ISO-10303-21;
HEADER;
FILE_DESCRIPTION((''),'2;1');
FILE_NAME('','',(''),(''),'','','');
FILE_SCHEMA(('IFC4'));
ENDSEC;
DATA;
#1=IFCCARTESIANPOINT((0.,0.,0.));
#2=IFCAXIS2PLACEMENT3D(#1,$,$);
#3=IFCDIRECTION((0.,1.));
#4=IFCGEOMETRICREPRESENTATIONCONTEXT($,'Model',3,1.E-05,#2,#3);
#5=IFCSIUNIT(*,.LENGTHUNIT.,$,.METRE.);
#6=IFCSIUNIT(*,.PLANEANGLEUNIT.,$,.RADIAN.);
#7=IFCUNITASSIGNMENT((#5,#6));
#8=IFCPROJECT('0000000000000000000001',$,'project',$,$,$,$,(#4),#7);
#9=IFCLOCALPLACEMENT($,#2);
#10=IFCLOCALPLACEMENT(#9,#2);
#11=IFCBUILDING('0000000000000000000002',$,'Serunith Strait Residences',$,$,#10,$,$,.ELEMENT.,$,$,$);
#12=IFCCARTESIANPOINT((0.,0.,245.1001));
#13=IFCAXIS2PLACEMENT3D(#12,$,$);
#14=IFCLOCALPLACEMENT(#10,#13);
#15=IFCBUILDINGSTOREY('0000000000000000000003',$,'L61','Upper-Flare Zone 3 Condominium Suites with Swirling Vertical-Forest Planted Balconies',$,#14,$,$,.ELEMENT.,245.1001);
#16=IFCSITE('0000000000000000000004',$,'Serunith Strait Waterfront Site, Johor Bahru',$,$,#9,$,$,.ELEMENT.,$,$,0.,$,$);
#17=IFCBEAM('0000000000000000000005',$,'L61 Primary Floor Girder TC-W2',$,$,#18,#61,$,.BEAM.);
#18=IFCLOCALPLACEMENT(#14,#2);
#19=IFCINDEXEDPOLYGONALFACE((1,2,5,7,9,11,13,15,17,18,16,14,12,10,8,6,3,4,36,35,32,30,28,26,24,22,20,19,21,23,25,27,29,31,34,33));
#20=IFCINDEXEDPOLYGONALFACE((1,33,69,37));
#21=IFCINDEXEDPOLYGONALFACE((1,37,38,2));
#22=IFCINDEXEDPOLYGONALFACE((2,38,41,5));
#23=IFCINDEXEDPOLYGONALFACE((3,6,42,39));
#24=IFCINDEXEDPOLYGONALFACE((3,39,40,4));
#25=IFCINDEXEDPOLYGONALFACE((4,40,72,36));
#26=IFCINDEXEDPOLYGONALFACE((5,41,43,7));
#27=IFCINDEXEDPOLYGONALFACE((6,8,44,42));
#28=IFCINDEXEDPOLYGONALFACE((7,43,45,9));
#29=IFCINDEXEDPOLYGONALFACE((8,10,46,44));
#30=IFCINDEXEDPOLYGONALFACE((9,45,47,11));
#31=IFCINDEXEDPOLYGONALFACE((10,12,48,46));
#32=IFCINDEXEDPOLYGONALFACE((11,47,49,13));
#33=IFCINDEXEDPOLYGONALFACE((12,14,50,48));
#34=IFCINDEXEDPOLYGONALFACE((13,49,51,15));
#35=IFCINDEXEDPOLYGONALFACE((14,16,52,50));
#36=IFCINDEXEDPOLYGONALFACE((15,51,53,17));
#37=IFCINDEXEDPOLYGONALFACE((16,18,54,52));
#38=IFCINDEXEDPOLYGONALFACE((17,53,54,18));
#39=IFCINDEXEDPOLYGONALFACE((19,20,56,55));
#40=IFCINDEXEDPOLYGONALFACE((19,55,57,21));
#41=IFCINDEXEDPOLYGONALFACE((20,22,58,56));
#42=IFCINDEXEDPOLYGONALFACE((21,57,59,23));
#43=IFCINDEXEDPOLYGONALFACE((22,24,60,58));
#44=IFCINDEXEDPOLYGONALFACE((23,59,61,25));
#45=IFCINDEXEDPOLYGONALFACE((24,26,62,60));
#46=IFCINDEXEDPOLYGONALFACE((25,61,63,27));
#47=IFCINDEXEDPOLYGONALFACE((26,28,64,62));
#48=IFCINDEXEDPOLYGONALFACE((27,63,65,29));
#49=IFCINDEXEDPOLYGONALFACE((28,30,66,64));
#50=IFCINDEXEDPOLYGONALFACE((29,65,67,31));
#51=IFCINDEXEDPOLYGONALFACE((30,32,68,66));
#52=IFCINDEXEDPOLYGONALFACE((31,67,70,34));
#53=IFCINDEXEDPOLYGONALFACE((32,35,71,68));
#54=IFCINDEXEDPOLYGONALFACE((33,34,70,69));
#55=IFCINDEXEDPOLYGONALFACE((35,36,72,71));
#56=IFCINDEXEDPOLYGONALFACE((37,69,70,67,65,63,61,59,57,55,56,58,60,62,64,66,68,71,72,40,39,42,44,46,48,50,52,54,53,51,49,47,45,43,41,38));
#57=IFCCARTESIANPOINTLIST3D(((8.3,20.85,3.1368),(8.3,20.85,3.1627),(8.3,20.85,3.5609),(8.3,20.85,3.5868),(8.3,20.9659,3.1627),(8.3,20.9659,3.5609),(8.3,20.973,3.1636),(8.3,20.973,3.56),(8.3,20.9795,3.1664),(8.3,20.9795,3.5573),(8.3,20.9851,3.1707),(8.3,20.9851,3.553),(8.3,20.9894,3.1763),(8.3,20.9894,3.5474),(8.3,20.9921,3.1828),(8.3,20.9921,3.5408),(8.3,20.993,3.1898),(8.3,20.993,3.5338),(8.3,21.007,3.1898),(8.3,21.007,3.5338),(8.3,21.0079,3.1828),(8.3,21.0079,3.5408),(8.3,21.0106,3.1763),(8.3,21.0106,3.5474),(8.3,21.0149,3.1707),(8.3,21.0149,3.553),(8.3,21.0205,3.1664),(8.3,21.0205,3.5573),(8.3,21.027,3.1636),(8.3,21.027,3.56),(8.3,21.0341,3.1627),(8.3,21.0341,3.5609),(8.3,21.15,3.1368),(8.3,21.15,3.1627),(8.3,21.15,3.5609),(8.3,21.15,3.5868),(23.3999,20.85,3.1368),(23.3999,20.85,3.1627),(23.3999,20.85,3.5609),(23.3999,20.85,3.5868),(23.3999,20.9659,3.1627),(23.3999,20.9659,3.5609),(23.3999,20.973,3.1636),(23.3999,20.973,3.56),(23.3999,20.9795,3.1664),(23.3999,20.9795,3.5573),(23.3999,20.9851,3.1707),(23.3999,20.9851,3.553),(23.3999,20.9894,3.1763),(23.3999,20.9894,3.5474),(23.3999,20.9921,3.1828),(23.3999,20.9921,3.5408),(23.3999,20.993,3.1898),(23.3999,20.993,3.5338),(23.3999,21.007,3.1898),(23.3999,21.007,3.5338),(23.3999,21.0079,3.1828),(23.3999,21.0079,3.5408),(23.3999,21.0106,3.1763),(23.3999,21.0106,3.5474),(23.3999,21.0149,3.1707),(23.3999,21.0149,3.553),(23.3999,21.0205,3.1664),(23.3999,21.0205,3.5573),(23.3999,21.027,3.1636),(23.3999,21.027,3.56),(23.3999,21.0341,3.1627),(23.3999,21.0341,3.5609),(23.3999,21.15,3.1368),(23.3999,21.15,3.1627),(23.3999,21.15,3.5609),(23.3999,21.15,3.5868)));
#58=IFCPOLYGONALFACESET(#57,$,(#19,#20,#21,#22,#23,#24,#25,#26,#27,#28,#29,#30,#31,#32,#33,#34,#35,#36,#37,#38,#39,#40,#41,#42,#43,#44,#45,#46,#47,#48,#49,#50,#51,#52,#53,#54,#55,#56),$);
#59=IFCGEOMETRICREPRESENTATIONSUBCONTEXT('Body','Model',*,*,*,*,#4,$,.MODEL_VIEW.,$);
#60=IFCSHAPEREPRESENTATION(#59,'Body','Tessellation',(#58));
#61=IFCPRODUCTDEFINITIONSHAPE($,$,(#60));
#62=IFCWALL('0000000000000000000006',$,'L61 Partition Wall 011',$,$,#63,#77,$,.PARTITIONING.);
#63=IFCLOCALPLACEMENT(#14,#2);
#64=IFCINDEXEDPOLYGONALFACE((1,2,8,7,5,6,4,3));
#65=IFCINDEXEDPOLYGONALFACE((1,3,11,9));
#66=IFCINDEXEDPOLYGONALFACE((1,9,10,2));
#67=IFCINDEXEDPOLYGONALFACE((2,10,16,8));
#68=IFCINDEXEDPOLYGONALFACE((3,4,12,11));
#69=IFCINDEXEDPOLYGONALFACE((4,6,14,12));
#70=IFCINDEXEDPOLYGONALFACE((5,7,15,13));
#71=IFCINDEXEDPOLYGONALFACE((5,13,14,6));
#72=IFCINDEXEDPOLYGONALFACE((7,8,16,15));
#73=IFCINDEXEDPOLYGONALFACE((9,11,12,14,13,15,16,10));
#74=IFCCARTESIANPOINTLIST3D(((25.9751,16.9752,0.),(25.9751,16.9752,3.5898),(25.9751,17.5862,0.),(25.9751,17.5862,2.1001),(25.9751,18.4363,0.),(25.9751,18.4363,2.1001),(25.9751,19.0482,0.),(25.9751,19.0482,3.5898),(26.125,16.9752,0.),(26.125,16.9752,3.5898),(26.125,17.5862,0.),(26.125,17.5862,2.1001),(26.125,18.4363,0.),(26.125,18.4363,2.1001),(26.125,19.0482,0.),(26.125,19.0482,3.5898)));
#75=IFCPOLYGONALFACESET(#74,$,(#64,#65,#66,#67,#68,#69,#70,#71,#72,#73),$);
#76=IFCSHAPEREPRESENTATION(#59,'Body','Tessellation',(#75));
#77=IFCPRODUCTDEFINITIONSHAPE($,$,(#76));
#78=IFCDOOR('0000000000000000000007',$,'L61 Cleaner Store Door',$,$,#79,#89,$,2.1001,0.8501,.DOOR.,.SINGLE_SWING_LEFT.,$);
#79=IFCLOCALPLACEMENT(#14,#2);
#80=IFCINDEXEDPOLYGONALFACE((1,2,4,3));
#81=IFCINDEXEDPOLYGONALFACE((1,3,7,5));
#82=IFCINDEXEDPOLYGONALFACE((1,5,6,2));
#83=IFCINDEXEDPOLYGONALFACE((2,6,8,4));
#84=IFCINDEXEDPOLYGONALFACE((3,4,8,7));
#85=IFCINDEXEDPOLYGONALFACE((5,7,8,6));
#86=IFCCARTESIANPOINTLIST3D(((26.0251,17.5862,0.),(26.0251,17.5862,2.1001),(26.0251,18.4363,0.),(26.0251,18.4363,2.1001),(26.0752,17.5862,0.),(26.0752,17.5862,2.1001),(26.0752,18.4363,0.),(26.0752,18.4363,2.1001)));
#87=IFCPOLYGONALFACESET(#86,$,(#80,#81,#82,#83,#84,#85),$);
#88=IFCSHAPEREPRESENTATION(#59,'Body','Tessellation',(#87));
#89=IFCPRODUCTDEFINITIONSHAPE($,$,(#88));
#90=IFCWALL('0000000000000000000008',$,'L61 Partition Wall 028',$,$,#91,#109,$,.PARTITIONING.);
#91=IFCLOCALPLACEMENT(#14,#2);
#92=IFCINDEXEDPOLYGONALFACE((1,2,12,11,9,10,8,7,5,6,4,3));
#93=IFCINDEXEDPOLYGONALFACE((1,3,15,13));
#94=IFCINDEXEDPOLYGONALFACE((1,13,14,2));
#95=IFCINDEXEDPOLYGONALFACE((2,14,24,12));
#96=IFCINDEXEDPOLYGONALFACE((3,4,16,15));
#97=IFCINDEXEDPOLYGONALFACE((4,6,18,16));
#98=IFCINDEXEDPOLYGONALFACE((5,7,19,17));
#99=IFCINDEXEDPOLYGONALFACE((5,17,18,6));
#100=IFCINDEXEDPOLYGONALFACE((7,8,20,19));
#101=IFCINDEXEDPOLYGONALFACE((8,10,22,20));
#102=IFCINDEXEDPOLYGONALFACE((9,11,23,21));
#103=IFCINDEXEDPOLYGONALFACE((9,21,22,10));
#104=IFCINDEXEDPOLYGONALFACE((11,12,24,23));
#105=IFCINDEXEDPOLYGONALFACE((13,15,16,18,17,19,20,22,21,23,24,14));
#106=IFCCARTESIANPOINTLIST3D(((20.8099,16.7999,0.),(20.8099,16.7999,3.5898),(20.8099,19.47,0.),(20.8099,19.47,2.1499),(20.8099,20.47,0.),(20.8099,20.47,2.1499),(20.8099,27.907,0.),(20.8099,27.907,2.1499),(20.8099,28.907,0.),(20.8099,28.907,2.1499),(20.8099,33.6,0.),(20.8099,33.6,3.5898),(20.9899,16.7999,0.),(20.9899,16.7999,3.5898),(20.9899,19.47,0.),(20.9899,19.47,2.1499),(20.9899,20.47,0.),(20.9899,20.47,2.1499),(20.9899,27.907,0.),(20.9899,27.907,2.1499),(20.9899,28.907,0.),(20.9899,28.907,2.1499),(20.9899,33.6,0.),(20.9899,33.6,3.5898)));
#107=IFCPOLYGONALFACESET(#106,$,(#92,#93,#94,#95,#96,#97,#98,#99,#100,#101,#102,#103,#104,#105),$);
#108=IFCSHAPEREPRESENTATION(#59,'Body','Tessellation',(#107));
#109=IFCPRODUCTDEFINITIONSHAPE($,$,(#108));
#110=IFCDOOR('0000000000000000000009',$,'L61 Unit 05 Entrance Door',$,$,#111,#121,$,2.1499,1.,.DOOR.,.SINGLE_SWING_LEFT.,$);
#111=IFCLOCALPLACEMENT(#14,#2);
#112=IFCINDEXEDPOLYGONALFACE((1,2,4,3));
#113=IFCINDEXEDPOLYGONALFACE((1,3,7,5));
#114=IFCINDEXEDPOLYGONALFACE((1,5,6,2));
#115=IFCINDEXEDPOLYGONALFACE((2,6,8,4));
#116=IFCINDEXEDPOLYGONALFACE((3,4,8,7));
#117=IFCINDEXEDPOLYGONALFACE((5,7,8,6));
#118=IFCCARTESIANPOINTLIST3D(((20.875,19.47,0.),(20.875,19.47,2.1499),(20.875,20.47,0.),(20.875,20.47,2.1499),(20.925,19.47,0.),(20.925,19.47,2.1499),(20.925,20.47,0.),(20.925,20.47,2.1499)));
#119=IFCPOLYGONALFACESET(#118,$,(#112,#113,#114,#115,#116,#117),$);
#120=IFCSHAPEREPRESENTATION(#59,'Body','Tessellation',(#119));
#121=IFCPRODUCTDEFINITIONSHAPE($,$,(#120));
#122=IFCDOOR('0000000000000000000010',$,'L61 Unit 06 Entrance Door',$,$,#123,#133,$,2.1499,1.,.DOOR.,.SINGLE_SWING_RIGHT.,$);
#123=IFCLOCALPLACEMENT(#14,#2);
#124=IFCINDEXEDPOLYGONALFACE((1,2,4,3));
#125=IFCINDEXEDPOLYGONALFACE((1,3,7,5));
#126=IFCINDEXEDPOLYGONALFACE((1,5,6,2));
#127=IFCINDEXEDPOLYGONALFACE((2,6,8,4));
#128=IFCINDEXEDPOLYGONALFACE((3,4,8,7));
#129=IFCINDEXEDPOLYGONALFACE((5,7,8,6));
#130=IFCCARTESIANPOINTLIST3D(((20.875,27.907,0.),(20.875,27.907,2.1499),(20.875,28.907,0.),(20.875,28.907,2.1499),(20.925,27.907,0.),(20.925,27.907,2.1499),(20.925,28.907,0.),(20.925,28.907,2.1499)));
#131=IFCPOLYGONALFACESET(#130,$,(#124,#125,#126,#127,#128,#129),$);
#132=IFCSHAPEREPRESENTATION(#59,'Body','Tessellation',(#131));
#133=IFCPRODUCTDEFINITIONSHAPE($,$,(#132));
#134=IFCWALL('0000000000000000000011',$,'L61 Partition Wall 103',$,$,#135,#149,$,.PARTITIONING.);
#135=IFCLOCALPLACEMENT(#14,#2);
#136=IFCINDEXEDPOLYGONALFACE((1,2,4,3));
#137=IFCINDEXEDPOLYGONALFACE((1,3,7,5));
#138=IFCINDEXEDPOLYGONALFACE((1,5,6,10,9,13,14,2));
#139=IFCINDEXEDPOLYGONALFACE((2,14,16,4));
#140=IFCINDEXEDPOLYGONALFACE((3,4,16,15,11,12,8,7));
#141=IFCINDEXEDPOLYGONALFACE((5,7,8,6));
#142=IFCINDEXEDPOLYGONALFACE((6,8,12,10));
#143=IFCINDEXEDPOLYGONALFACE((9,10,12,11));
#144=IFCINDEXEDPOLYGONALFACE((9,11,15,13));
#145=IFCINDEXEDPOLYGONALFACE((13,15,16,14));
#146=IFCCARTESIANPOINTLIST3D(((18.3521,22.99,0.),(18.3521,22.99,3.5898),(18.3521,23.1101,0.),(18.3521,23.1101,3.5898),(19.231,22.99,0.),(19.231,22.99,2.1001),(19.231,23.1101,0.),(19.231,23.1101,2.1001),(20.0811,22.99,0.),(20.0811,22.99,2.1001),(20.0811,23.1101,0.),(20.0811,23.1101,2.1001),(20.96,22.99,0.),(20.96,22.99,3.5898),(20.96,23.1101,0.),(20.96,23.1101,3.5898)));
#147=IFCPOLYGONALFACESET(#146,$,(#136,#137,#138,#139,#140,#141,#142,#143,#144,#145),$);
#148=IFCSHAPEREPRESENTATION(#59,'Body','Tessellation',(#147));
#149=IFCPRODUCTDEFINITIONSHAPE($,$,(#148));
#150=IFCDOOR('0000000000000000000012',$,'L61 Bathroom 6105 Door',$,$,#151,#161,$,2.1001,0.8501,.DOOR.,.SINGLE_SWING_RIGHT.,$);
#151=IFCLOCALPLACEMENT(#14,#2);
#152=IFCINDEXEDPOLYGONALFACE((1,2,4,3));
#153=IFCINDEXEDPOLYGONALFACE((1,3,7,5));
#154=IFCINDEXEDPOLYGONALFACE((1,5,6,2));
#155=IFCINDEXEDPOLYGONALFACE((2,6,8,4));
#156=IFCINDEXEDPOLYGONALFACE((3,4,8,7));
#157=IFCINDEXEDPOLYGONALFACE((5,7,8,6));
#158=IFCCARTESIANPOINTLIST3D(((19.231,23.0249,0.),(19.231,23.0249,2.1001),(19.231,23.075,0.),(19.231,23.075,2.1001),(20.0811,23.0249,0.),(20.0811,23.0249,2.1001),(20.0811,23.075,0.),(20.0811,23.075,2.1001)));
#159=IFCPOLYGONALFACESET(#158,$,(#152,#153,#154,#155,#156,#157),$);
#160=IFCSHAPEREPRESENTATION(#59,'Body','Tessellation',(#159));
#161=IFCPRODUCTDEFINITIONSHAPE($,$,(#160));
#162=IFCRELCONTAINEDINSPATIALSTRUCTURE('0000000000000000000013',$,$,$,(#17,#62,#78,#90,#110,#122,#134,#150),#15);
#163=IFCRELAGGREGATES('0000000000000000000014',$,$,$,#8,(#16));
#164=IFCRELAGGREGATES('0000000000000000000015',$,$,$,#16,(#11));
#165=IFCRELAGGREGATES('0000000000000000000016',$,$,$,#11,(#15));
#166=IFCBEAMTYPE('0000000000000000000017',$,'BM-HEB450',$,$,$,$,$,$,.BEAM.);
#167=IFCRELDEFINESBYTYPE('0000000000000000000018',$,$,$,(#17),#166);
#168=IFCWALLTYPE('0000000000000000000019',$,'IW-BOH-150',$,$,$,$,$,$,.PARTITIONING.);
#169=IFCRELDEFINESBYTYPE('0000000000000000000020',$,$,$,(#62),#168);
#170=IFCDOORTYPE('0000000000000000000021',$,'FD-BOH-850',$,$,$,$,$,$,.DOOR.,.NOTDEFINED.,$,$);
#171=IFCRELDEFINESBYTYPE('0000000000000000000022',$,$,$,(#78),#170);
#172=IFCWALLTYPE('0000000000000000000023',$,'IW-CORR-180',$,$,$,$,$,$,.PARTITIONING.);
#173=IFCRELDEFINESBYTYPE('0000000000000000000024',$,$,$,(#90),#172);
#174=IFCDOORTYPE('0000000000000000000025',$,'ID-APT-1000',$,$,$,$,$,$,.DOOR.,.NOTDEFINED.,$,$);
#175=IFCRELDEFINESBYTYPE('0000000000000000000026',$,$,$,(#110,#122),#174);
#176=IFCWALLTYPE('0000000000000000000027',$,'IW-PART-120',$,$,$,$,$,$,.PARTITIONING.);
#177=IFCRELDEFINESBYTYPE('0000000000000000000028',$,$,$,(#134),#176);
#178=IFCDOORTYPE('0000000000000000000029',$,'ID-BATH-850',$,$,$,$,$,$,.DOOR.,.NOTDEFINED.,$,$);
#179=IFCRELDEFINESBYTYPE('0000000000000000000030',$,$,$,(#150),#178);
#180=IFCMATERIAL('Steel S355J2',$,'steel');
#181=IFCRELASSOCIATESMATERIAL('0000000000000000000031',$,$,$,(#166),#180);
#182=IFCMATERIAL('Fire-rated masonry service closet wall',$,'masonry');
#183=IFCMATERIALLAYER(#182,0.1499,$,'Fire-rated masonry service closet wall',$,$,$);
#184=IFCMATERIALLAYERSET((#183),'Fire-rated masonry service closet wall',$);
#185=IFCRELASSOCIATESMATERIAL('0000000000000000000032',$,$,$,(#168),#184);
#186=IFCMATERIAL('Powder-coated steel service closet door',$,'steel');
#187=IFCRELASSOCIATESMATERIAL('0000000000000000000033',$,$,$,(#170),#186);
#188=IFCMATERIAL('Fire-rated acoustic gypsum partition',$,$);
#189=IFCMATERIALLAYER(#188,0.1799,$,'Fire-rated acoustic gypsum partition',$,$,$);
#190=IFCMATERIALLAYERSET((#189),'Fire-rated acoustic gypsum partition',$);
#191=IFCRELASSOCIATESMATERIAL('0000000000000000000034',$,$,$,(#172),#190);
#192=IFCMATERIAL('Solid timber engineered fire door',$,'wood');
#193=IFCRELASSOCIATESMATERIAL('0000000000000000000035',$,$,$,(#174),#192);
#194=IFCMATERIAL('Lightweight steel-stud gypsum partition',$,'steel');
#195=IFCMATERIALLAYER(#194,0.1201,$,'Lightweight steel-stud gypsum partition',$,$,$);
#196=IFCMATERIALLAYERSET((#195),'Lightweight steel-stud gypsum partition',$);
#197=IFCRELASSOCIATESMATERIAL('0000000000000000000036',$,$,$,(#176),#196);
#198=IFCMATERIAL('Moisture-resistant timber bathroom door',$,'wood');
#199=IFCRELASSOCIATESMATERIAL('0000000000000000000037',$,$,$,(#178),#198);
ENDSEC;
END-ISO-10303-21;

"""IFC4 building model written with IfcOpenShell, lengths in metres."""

from ifc_helpers import new_model, si_unit, direction, frame, frame_2d, origin, origin_2d, place, context, subcontext, project, spatial, rectangle, i_section, extrude, source, transform, mapped, material, layer, layer_set, material_profile, profile_set, type_object, element, fill, save


model = new_model("IFC4")

# Units and contexts
model_context = context("Model", 3, precision=1e-05, world=origin(), true_north=direction((0.0, 1.0)))
body_context = subcontext(model_context, "Body", "Model", "MODEL_VIEW")
ifc_project = project(units=[si_unit("LENGTHUNIT", "METRE"), si_unit("PLANEANGLEUNIT", "RADIAN")], contexts=[model_context])

# Site, building, storey
site_placement = place(None, origin())
site = spatial("IfcSite", under=ifc_project, at=site_placement, Name="Serunith Strait Waterfront Site, Johor Bahru", CompositionType="ELEMENT", RefElevation=0.0)
building_placement = place(site_placement, origin())
building = spatial("IfcBuilding", under=site, at=building_placement, Name="Serunith Strait Residences", CompositionType="ELEMENT")
storey_placement = place(building_placement, frame((0.0, 0.0, 245.1001)))
storey = spatial("IfcBuildingStorey", under=building, at=storey_placement, Name="L61", Description="Upper-Flare Zone 3 Condominium Suites with Swirling Vertical-Forest Planted Balconies", CompositionType="ELEMENT", Elevation=245.1001)

# Beam
ifc_material_1 = material(Name="Steel S355J2", Category="steel")
ifc_material_profile = material_profile(ifc_material_1, i_section(OverallWidth=0.3, OverallDepth=0.45, WebThickness=0.0139, FlangeThickness=0.0259, FilletRadius=0.0271, at=origin_2d()), Name="HEB 450")
ifc_profile_set = profile_set([ifc_material_profile], Name="Steel S355J2")
beam_type = type_object("IfcBeamType", Name="BM-HEB450", PredefinedType="BEAM", material=ifc_profile_set)
shared_shape_1 = source(origin(), body_context, "Body", "SweptSolid", [
    extrude(i_section(OverallWidth=0.3, OverallDepth=0.45, WebThickness=0.0139, FlangeThickness=0.0259, FilletRadius=0.0271, at=origin_2d()), origin(), (0.0, 0.0, 1.0), 15.0999),
])
beam_placement = place(storey_placement, frame((23.3999, 21.0, 3.3618), z_axis=(-1.0, 0.0, 0.0), x_axis=(0.0, -1.0, 0.0)))
element("IfcBeam", 1, at=beam_placement, inside=storey, type_object=beam_type, Name="L61 Primary Floor Girder TC-W2", PredefinedType="BEAM", context=body_context, shape_type="MappedRepresentation", body=[
    mapped(shared_shape_1, transform((0.0, 0.0, 0.0), scale=1.0)),
])

# Wall, opening, door
ifc_material_2 = material(Name="Fire-rated masonry service closet wall", Category="masonry")
ifc_layer_1 = layer(ifc_material_2, 0.1499, Name="Fire-rated masonry service closet wall")
ifc_layer_set_1 = layer_set([ifc_layer_1], Name="Fire-rated masonry service closet wall")
wall_type_1 = type_object("IfcWallType", Name="IW-BOH-150", PredefinedType="PARTITIONING", material=ifc_layer_set_1)
wall_1_placement = place(storey_placement, frame((26.05, 16.9751, 0.0), z_axis=(0.0, 0.0, 1.0), x_axis=(0.0, 1.0, 0.0)))
wall_1 = element("IfcWall", 2, at=wall_1_placement, inside=storey, type_object=wall_type_1, Name="L61 Partition Wall 011", PredefinedType="PARTITIONING", context=body_context, shape_type="SweptSolid", body=[
    extrude(rectangle(XDim=2.073, YDim=0.1499, at=frame_2d((1.0366, 0.0))), origin(), (0.0, 0.0, 1.0), 3.5898),
])
opening_1_placement = place(wall_1_placement, frame((0.6111, 0.0, 0.0)))
opening_1 = element("IfcOpeningElement", 3, at=opening_1_placement, cuts=wall_1, PredefinedType="OPENING", context=body_context, shape_type="SweptSolid", body=[
    extrude(rectangle(XDim=0.8501, YDim=2.1001, at=frame_2d((0.425, 1.05))), frame((0.0, 0.085, 0.0), z_axis=(0.0, -1.0, 0.0), x_axis=(1.0, 0.0, 0.0)), (0.0, 0.0, 1.0), 0.1699),
])
ifc_material_3 = material(Name="Powder-coated steel service closet door", Category="steel")
door_type_1 = type_object("IfcDoorType", Name="FD-BOH-850", OperationType="NOTDEFINED", PredefinedType="DOOR", material=ifc_material_3)
shared_shape_2 = source(origin(), body_context, "Body", "SweptSolid", [
    extrude(rectangle(XDim=0.8501, YDim=2.1001, at=frame_2d((0.425, 1.05))), frame((0.0, 0.0249, 0.0), z_axis=(0.0, -1.0, 0.0), x_axis=(1.0, 0.0, 0.0)), (0.0, 0.0, 1.0), 0.05),
])
door_1_placement = place(opening_1_placement, origin())
door_1 = element("IfcDoor", 4, at=door_1_placement, inside=storey, type_object=door_type_1, Name="L61 Cleaner Store Door", OperationType="SINGLE_SWING_LEFT", OverallHeight=2.1001, OverallWidth=0.8501, PredefinedType="DOOR", context=body_context, shape_type="MappedRepresentation", body=[
    mapped(shared_shape_2, transform((0.0, 0.0, 0.0), scale=1.0)),
])
fill(opening_1, door_1)
ifc_material_4 = material(Name="Fire-rated acoustic gypsum partition")
ifc_layer_2 = layer(ifc_material_4, 0.1799, Name="Fire-rated acoustic gypsum partition")
ifc_layer_set_2 = layer_set([ifc_layer_2], Name="Fire-rated acoustic gypsum partition")
wall_type_2 = type_object("IfcWallType", Name="IW-CORR-180", PredefinedType="PARTITIONING", material=ifc_layer_set_2)
ifc_material_5 = material(Name="Solid timber engineered fire door", Category="wood")
door_type_2 = type_object("IfcDoorType", Name="ID-APT-1000", OperationType="NOTDEFINED", PredefinedType="DOOR", material=ifc_material_5)
shared_shape_3 = source(origin(), body_context, "Body", "SweptSolid", [
    extrude(rectangle(XDim=1.0, YDim=2.1499, at=frame_2d((0.5, 1.075))), frame((0.0, 0.0249, 0.0), z_axis=(0.0, -1.0, 0.0), x_axis=(1.0, 0.0, 0.0)), (0.0, 0.0, 1.0), 0.05),
])

# Wall, openings, doors
wall_2_placement = place(storey_placement, frame((20.8999, 16.8, 0.0), z_axis=(0.0, 0.0, 1.0), x_axis=(0.0, 1.0, 0.0)))
wall_2 = element("IfcWall", 5, at=wall_2_placement, inside=storey, type_object=wall_type_2, Name="L61 Partition Wall 028", PredefinedType="PARTITIONING", context=body_context, shape_type="SweptSolid", body=[
    extrude(rectangle(XDim=16.8, YDim=0.1799, at=frame_2d((8.3999, 0.0))), origin(), (0.0, 0.0, 1.0), 3.5898),
])
opening_2_placement = place(wall_2_placement, frame((2.6699, 0.0, 0.0)))
opening_2 = element("IfcOpeningElement", 6, at=opening_2_placement, cuts=wall_2, PredefinedType="OPENING", context=body_context, shape_type="SweptSolid", body=[
    extrude(rectangle(XDim=1.0, YDim=2.1499, at=frame_2d((0.5, 1.075))), frame((0.0, 0.1001, 0.0), z_axis=(0.0, -1.0, 0.0), x_axis=(1.0, 0.0, 0.0)), (0.0, 0.0, 1.0), 0.2),
])
opening_3_placement = place(wall_2_placement, frame((11.1069, 0.0, 0.0)))
opening_3 = element("IfcOpeningElement", 7, at=opening_3_placement, cuts=wall_2, PredefinedType="OPENING", context=body_context, shape_type="SweptSolid", body=[
    extrude(rectangle(XDim=1.0, YDim=2.1499, at=frame_2d((0.5, 1.075))), frame((0.0, 0.1001, 0.0), z_axis=(0.0, -1.0, 0.0), x_axis=(1.0, 0.0, 0.0)), (0.0, 0.0, 1.0), 0.2),
])
door_2_placement = place(opening_2_placement, origin())
door_2 = element("IfcDoor", 8, at=door_2_placement, inside=storey, type_object=door_type_2, Name="L61 Unit 05 Entrance Door", OperationType="SINGLE_SWING_LEFT", OverallHeight=2.1499, OverallWidth=1.0, PredefinedType="DOOR", context=body_context, shape_type="MappedRepresentation", body=[
    mapped(shared_shape_3, transform((0.0, 0.0, 0.0), scale=1.0)),
])
fill(opening_2, door_2)
door_3_placement = place(opening_3_placement, origin())
door_3 = element("IfcDoor", 9, at=door_3_placement, inside=storey, type_object=door_type_2, Name="L61 Unit 06 Entrance Door", OperationType="SINGLE_SWING_RIGHT", OverallHeight=2.1499, OverallWidth=1.0, PredefinedType="DOOR", context=body_context, shape_type="MappedRepresentation", body=[
    mapped(shared_shape_3, transform((0.0, 0.0, 0.0), scale=1.0)),
])
fill(opening_3, door_3)

# Wall, opening, door
ifc_material_6 = material(Name="Lightweight steel-stud gypsum partition", Category="steel")
ifc_layer_3 = layer(ifc_material_6, 0.1201, Name="Lightweight steel-stud gypsum partition")
ifc_layer_set_3 = layer_set([ifc_layer_3], Name="Lightweight steel-stud gypsum partition")
wall_type_3 = type_object("IfcWallType", Name="IW-PART-120", PredefinedType="PARTITIONING", material=ifc_layer_set_3)
wall_3_placement = place(storey_placement, frame((18.3521, 23.05, 0.0), z_axis=(0.0, 0.0, 1.0), x_axis=(1.0, 0.0, 0.0)))
wall_3 = element("IfcWall", 10, at=wall_3_placement, inside=storey, type_object=wall_type_3, Name="L61 Partition Wall 103", PredefinedType="PARTITIONING", context=body_context, shape_type="SweptSolid", body=[
    extrude(rectangle(XDim=2.6079, YDim=0.1201, at=frame_2d((1.304, 0.0))), origin(), (0.0, 0.0, 1.0), 3.5898),
])
opening_4_placement = place(wall_3_placement, frame((0.8789, 0.0, 0.0)))
opening_4 = element("IfcOpeningElement", 11, at=opening_4_placement, cuts=wall_3, PredefinedType="OPENING", context=body_context, shape_type="SweptSolid", body=[
    extrude(rectangle(XDim=0.8501, YDim=2.1001, at=frame_2d((0.425, 1.05))), frame((0.0, 0.0701, 0.0), z_axis=(0.0, -1.0, 0.0), x_axis=(1.0, 0.0, 0.0)), (0.0, 0.0, 1.0), 0.1401),
])
ifc_material_7 = material(Name="Moisture-resistant timber bathroom door", Category="wood")
door_type_3 = type_object("IfcDoorType", Name="ID-BATH-850", OperationType="NOTDEFINED", PredefinedType="DOOR", material=ifc_material_7)
door_4_placement = place(opening_4_placement, origin())
door_4 = element("IfcDoor", 12, at=door_4_placement, inside=storey, type_object=door_type_3, Name="L61 Bathroom 6105 Door", OperationType="SINGLE_SWING_RIGHT", OverallHeight=2.1001, OverallWidth=0.8501, PredefinedType="DOOR", context=body_context, shape_type="MappedRepresentation", body=[
    mapped(shared_shape_2, transform((0.0, 0.0, 0.0), scale=1.0)),
])
fill(opening_4, door_4)

save(model, "model.ifc")
